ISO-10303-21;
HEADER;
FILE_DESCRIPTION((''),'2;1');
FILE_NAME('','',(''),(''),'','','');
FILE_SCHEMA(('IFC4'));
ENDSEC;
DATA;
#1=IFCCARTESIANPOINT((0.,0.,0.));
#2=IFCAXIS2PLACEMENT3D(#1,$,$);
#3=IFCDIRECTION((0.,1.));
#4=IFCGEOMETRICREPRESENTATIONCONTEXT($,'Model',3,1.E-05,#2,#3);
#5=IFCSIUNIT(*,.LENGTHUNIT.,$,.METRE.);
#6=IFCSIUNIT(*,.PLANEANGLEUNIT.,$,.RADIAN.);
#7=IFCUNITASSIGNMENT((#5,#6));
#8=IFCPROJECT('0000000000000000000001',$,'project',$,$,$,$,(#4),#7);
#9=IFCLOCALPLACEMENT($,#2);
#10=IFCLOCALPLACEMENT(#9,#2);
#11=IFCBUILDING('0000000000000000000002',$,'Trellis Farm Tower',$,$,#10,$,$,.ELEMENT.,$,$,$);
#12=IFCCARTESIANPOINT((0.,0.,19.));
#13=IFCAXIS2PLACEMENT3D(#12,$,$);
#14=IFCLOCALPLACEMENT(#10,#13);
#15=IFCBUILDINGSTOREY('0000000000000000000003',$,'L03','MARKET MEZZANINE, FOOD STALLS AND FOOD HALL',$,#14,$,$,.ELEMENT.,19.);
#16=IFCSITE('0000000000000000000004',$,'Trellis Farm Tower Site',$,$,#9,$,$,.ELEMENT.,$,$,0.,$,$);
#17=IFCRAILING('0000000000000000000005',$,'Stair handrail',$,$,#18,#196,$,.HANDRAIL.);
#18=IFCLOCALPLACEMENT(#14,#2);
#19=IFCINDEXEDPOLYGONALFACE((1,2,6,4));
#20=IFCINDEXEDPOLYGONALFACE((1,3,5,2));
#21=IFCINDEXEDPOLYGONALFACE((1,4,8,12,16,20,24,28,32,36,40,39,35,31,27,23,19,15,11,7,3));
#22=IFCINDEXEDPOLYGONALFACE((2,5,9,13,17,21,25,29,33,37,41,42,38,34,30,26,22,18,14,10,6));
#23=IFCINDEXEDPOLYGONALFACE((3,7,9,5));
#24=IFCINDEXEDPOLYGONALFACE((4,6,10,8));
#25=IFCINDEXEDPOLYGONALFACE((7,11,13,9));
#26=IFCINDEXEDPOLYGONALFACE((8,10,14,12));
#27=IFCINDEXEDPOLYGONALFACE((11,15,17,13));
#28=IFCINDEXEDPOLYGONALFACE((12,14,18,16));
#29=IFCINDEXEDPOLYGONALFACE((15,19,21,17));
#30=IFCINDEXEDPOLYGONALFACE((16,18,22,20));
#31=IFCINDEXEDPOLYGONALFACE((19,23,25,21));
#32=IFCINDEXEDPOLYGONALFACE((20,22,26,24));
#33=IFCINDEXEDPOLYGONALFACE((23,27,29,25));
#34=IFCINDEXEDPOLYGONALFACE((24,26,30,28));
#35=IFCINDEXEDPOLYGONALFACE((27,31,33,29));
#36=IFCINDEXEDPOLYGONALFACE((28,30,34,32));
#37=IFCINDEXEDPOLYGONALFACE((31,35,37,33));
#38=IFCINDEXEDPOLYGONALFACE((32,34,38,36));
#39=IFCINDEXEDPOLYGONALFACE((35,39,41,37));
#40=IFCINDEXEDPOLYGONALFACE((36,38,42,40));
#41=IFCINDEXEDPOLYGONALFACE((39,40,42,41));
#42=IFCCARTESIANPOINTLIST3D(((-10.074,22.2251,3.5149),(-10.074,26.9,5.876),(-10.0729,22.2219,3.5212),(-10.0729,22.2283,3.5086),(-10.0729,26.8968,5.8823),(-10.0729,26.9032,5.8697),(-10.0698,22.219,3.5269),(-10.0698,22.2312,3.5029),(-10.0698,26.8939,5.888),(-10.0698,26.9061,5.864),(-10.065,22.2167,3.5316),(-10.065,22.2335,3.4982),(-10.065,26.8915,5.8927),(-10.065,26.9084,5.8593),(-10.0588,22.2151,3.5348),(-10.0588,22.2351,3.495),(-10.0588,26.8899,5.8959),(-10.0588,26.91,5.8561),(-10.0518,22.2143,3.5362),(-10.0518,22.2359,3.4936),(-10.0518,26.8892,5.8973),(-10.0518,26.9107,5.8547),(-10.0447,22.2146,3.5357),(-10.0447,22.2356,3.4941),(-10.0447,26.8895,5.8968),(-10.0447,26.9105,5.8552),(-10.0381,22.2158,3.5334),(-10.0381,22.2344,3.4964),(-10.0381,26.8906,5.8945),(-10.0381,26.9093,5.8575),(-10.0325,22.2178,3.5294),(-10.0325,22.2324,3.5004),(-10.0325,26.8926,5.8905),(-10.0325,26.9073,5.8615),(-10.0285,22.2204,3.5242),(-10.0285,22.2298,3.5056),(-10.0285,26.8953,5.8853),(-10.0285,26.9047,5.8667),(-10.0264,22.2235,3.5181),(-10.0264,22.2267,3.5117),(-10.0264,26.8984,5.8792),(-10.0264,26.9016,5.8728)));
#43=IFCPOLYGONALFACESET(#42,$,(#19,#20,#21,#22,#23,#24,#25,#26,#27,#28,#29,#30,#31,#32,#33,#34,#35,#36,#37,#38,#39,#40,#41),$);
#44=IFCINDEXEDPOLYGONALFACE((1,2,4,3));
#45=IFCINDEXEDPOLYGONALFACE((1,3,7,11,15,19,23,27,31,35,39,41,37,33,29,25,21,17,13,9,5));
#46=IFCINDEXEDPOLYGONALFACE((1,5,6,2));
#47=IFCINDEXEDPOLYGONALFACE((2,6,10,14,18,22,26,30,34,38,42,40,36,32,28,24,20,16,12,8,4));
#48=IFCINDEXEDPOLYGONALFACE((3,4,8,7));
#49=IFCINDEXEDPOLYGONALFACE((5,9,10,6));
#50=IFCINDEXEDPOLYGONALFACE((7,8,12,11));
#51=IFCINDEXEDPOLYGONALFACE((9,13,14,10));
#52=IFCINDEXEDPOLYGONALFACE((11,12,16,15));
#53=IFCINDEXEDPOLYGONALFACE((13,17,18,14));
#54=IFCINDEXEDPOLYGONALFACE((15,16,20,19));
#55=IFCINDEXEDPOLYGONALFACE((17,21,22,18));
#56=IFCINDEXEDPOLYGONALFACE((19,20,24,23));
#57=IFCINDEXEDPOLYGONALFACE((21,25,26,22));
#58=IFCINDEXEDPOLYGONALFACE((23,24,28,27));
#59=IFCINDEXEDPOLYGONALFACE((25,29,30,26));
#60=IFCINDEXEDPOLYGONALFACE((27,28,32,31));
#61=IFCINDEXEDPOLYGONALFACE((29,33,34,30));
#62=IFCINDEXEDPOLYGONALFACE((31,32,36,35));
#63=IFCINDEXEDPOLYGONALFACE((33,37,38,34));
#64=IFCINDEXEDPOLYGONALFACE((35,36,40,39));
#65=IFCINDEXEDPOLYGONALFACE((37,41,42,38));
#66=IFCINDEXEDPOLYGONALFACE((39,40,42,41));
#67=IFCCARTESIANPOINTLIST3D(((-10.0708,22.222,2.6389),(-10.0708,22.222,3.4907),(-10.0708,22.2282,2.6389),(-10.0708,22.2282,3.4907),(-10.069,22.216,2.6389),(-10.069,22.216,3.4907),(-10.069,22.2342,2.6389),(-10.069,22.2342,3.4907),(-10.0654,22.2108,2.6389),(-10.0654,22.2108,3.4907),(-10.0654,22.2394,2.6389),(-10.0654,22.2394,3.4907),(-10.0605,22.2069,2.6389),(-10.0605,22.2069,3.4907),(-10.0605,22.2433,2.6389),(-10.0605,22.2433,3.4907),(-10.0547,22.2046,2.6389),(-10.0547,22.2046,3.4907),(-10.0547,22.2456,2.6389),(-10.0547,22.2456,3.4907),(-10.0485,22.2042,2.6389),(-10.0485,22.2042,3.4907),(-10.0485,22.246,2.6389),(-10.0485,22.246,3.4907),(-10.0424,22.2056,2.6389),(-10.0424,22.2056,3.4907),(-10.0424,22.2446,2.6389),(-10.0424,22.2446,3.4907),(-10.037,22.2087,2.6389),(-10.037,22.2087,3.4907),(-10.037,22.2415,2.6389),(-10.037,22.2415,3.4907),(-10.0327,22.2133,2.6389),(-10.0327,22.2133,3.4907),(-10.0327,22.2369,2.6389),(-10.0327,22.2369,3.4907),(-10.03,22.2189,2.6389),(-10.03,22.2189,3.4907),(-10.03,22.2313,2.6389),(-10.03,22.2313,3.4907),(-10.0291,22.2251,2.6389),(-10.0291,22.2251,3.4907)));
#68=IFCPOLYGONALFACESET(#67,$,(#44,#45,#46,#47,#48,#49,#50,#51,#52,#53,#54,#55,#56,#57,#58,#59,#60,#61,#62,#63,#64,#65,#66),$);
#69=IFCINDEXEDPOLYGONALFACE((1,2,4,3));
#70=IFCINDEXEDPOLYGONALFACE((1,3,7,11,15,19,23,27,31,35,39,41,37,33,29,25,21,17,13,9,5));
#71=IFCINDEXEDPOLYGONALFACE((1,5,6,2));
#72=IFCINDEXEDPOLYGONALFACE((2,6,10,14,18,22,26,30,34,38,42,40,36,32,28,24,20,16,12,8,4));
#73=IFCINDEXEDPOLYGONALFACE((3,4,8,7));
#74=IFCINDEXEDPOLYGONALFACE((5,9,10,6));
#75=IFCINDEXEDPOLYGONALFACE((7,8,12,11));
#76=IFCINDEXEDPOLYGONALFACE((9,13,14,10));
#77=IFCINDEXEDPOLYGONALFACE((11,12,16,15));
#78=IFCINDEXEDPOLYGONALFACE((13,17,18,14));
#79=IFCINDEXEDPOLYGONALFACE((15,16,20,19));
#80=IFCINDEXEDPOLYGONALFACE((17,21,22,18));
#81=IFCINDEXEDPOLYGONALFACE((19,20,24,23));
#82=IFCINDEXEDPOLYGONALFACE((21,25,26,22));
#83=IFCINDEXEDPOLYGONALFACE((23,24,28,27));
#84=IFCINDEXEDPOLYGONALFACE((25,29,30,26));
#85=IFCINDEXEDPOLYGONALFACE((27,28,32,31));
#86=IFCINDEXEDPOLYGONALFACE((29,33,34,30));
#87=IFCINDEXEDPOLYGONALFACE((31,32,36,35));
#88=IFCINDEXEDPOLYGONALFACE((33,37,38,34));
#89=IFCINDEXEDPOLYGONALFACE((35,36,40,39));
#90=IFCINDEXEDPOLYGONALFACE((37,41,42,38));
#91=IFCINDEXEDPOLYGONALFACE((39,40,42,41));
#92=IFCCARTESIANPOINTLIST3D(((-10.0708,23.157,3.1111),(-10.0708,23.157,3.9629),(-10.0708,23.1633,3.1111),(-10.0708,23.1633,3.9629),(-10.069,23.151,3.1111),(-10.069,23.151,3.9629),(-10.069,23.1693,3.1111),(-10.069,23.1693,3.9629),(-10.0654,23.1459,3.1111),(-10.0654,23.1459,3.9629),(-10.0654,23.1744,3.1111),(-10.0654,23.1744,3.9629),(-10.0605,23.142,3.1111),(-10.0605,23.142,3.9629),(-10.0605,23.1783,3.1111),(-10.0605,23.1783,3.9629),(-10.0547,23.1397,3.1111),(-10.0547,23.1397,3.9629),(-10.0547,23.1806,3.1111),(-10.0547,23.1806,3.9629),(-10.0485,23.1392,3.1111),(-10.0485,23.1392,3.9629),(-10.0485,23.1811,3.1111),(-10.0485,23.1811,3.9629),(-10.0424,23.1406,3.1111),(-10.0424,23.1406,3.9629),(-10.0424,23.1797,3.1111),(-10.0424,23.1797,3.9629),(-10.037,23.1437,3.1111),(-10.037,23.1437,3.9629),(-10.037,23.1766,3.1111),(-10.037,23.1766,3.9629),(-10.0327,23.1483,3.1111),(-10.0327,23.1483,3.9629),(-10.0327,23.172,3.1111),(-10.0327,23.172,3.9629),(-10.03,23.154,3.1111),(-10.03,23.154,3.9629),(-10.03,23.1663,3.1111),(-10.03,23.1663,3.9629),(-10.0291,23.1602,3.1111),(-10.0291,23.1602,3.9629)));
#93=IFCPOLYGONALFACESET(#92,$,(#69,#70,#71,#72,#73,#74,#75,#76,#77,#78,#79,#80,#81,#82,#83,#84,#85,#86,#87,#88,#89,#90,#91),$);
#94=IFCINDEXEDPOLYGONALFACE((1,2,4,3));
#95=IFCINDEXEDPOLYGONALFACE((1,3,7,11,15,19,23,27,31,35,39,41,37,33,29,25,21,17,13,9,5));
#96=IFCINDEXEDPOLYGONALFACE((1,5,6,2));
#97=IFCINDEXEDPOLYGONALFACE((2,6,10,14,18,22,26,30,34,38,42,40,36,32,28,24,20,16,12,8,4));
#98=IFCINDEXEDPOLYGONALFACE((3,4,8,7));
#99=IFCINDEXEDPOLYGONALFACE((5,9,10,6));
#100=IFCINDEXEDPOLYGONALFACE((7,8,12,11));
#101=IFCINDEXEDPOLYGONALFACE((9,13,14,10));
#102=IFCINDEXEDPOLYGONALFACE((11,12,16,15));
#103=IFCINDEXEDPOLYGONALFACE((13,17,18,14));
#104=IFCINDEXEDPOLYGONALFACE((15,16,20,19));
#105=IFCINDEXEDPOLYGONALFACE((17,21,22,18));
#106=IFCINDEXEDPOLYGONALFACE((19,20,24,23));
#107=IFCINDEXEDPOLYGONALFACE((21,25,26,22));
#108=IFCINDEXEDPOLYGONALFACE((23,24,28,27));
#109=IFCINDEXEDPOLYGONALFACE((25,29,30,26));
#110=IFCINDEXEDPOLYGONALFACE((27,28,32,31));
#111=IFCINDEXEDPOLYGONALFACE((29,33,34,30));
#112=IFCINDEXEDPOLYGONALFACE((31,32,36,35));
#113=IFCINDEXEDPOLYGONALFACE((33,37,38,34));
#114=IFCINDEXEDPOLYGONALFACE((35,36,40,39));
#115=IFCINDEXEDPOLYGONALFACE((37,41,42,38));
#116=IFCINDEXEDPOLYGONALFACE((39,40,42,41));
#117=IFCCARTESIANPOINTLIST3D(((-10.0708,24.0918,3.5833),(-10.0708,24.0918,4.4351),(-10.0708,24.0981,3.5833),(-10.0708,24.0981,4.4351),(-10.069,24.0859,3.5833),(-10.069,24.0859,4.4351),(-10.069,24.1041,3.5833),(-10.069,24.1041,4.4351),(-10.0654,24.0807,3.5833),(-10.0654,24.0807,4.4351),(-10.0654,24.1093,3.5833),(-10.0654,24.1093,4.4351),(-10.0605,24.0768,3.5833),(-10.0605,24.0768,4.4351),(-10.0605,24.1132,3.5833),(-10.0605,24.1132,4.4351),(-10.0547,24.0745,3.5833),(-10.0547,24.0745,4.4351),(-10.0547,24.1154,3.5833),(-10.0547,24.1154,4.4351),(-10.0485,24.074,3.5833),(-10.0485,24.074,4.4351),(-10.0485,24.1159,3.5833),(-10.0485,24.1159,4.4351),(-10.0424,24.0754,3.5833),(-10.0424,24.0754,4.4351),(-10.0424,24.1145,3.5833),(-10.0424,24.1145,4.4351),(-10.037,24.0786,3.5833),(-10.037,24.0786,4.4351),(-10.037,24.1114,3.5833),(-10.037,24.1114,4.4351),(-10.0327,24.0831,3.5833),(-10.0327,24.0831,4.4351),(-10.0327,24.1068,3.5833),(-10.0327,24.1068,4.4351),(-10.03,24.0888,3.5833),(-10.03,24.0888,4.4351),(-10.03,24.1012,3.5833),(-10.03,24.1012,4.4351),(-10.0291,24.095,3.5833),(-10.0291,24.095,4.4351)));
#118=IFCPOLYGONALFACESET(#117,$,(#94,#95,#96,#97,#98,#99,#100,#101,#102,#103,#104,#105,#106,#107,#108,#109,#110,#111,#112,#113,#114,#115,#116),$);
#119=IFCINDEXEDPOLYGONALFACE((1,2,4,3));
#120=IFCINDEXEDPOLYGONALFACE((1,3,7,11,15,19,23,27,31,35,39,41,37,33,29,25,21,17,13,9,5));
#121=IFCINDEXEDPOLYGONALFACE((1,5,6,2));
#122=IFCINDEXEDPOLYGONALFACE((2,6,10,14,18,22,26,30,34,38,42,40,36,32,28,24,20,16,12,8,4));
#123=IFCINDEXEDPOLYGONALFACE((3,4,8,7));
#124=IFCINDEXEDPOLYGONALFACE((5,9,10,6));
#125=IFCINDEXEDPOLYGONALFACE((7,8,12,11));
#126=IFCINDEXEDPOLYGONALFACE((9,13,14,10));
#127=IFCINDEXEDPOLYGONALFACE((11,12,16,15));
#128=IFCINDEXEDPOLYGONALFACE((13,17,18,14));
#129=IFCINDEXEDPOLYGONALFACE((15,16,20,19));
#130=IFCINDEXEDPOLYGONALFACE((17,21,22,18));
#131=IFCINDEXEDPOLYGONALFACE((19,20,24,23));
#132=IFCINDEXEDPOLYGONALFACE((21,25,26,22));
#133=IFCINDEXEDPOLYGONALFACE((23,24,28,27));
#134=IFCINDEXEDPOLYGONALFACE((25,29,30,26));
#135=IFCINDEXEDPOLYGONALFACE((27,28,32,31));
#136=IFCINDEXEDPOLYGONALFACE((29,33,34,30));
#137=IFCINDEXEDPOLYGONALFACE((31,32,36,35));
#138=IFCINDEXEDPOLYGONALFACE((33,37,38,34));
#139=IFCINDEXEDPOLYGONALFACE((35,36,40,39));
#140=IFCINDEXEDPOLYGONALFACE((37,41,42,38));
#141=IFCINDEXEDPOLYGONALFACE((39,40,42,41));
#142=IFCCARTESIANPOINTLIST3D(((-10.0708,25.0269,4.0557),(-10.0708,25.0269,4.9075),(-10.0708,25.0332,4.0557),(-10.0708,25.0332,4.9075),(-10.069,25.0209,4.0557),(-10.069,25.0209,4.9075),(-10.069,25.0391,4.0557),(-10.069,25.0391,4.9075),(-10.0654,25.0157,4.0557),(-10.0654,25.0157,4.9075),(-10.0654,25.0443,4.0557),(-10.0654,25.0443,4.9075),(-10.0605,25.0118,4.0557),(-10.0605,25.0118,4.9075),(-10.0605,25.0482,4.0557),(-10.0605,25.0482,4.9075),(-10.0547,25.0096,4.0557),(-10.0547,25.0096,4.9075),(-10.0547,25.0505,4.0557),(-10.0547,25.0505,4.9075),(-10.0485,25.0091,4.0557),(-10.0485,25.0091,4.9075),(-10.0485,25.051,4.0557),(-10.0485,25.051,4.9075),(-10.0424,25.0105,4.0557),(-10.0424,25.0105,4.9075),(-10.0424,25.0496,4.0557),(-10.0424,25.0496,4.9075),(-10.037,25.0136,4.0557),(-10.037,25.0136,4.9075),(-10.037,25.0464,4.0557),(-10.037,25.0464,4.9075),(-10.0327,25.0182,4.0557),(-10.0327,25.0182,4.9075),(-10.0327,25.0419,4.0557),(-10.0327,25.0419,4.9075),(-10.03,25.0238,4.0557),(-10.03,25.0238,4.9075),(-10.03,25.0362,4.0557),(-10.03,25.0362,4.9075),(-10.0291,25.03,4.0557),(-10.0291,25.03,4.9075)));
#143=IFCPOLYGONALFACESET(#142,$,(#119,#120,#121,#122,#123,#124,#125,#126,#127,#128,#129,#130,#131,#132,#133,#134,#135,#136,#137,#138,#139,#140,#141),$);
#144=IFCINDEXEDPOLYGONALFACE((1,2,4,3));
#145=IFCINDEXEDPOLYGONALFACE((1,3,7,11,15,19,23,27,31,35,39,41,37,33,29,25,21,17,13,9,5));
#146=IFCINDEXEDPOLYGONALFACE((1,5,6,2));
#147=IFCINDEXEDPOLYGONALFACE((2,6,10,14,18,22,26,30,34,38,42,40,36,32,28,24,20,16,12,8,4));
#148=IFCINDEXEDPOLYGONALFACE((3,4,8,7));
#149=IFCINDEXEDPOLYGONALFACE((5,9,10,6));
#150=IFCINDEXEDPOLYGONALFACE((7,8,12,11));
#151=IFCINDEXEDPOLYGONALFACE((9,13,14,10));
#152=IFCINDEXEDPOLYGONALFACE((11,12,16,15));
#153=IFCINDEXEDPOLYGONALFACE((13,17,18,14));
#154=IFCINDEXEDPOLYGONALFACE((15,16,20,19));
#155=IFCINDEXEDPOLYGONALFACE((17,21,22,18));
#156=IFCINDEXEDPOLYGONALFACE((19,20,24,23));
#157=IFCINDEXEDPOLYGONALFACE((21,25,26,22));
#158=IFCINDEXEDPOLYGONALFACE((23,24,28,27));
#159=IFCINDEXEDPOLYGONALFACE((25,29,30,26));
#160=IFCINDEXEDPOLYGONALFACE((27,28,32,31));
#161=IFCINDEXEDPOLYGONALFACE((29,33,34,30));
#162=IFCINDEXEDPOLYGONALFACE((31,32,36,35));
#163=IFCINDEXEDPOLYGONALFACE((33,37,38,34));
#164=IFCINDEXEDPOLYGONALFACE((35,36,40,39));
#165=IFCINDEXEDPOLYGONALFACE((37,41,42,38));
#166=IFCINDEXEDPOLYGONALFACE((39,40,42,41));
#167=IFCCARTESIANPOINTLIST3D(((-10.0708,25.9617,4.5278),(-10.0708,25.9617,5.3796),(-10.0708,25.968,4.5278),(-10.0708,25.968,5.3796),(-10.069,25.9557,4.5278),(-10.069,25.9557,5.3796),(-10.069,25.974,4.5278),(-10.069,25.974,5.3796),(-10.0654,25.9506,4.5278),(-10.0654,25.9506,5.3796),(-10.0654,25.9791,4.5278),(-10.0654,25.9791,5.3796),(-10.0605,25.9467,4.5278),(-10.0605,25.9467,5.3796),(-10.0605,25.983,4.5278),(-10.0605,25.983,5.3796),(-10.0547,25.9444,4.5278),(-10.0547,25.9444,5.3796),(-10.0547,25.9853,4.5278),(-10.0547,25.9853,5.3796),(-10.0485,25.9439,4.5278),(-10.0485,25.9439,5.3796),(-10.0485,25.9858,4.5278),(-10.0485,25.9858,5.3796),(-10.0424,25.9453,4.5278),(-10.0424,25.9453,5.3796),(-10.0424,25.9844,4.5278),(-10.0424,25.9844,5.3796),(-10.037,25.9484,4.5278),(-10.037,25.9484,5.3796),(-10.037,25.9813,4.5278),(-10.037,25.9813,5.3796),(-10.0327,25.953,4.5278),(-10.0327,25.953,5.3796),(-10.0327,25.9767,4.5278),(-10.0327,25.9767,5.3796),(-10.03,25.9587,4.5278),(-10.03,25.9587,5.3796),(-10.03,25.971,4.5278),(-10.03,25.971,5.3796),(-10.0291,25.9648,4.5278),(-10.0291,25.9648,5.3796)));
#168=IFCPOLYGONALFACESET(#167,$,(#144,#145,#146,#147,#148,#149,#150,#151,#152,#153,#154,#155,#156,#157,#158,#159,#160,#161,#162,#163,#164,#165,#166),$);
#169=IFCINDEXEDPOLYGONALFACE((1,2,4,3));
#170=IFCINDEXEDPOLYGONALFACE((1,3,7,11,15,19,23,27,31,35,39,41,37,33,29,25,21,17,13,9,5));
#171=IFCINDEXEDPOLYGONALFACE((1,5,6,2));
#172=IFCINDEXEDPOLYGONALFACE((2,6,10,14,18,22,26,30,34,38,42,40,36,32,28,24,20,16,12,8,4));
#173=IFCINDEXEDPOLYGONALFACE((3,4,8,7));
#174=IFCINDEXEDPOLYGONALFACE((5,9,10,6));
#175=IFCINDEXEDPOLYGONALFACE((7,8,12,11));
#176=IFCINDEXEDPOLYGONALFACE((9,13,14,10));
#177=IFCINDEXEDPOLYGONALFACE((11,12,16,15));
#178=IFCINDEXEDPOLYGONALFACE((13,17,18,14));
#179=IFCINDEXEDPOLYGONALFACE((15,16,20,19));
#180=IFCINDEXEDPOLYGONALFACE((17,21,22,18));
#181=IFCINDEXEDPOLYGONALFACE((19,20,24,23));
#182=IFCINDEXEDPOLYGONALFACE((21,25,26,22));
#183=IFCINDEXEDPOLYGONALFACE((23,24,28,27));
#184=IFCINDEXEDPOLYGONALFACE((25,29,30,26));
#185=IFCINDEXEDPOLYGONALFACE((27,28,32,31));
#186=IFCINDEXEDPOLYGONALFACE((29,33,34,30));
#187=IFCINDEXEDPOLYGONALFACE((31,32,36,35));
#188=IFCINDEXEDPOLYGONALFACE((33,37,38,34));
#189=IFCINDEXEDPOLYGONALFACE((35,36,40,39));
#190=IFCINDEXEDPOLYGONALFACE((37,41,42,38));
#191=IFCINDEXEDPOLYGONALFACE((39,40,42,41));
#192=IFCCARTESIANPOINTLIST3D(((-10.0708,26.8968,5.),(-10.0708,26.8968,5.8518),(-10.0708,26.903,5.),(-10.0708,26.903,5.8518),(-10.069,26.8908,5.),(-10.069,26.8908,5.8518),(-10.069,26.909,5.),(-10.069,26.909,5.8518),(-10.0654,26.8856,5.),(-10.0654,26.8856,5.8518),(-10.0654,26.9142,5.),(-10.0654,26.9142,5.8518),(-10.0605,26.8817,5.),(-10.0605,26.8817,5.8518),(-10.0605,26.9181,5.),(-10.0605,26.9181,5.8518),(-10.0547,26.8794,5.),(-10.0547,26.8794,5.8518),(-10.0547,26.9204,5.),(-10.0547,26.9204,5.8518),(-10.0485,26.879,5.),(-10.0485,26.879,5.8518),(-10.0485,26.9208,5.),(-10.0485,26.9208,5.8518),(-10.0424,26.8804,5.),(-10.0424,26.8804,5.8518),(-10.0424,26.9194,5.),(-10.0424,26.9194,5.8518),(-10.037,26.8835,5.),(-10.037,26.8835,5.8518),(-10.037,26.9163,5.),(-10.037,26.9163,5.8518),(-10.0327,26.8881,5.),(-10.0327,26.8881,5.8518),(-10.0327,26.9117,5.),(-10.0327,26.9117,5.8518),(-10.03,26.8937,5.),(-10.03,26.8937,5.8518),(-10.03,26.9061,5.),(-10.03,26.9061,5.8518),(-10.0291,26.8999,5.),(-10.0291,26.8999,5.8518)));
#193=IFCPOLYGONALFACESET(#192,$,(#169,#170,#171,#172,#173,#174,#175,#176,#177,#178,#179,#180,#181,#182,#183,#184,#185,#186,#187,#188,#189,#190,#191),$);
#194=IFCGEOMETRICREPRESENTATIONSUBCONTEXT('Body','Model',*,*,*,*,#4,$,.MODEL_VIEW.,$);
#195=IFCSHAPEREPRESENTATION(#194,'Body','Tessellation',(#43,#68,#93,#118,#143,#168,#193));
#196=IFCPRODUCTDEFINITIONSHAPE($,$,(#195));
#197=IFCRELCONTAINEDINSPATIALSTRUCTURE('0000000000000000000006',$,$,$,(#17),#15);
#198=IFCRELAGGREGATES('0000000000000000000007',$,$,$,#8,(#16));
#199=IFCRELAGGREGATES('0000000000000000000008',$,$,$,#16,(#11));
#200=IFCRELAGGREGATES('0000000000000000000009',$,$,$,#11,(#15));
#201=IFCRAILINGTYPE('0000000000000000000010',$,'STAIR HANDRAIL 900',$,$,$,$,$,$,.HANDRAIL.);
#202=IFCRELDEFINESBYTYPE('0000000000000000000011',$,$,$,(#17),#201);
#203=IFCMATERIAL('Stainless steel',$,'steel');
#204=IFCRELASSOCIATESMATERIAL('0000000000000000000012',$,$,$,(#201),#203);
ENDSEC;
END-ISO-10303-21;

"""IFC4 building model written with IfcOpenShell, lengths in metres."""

from ifc_helpers import new_model, si_unit, direction, frame, origin, origin_2d, place, context, subcontext, project, spatial, circle, extrude, source, transform, mapped, material, type_object, element, save


model = new_model("IFC4")

# Units and contexts
model_context = context("Model", 3, precision=1e-05, world=origin(), true_north=direction((0.0, 1.0)))
body_context = subcontext(model_context, "Body", "Model", "MODEL_VIEW")
ifc_project = project(units=[si_unit("LENGTHUNIT", "METRE"), si_unit("PLANEANGLEUNIT", "RADIAN")], contexts=[model_context])

# Site, building, storey
site_placement = place(None, origin())
site = spatial("IfcSite", under=ifc_project, at=site_placement, Name="Trellis Farm Tower Site", CompositionType="ELEMENT", RefElevation=0.0)
building_placement = place(site_placement, origin())
building = spatial("IfcBuilding", under=site, at=building_placement, Name="Trellis Farm Tower", CompositionType="ELEMENT")
storey_placement = place(building_placement, frame((0.0, 0.0, 19.0)))
storey = spatial("IfcBuildingStorey", under=building, at=storey_placement, Name="L03", Description="MARKET MEZZANINE, FOOD STALLS AND FOOD HALL", CompositionType="ELEMENT", Elevation=19.0)

# Railing
ifc_material_1 = material(Name="Stainless steel", Category="steel")
railing_type = type_object("IfcRailingType", Name="STAIR HANDRAIL 900", PredefinedType="HANDRAIL", material=ifc_material_1)
shared_shape_1 = source(origin(), body_context, "Body", "SweptSolid", [
    extrude(circle(Radius=0.0239, at=origin_2d()), frame((0.0, 0.0, 0.876), z_axis=(0.0, 0.892611, 0.450827), x_axis=(-1.0, 0.0, 0.0)), (0.0, 0.0, 1.0), 5.2373),
    extrude(circle(Radius=0.021, at=origin_2d()), origin(), (0.0, 0.0, 1.0), 0.8518),
    extrude(circle(Radius=0.021, at=origin_2d()), frame((0.0, 0.9351, 0.4722)), (0.0, 0.0, 1.0), 0.8518),
    extrude(circle(Radius=0.021, at=origin_2d()), frame((0.0, 1.8699, 0.9443)), (0.0, 0.0, 1.0), 0.8518),
    extrude(circle(Radius=0.021, at=origin_2d()), frame((0.0, 2.8049, 1.4167)), (0.0, 0.0, 1.0), 0.8518),
    extrude(circle(Radius=0.021, at=origin_2d()), frame((0.0, 3.7397, 1.8889)), (0.0, 0.0, 1.0), 0.8518),
    extrude(circle(Radius=0.021, at=origin_2d()), frame((0.0, 4.6748, 2.3611)), (0.0, 0.0, 1.0), 0.8518),
])
for number, where, name in (
    (1, (-10.05, 22.2251, 2.6389), "Stair handrail"),
):
    element("IfcRailing", number, at=place(storey_placement, frame(where)), inside=storey, type_object=railing_type, Name=name, PredefinedType="HANDRAIL", context=body_context, shape_type="MappedRepresentation", body=[
        mapped(shared_shape_1, transform((0.0, 0.0, 0.0))),
    ])

save(model, "model.ifc")
